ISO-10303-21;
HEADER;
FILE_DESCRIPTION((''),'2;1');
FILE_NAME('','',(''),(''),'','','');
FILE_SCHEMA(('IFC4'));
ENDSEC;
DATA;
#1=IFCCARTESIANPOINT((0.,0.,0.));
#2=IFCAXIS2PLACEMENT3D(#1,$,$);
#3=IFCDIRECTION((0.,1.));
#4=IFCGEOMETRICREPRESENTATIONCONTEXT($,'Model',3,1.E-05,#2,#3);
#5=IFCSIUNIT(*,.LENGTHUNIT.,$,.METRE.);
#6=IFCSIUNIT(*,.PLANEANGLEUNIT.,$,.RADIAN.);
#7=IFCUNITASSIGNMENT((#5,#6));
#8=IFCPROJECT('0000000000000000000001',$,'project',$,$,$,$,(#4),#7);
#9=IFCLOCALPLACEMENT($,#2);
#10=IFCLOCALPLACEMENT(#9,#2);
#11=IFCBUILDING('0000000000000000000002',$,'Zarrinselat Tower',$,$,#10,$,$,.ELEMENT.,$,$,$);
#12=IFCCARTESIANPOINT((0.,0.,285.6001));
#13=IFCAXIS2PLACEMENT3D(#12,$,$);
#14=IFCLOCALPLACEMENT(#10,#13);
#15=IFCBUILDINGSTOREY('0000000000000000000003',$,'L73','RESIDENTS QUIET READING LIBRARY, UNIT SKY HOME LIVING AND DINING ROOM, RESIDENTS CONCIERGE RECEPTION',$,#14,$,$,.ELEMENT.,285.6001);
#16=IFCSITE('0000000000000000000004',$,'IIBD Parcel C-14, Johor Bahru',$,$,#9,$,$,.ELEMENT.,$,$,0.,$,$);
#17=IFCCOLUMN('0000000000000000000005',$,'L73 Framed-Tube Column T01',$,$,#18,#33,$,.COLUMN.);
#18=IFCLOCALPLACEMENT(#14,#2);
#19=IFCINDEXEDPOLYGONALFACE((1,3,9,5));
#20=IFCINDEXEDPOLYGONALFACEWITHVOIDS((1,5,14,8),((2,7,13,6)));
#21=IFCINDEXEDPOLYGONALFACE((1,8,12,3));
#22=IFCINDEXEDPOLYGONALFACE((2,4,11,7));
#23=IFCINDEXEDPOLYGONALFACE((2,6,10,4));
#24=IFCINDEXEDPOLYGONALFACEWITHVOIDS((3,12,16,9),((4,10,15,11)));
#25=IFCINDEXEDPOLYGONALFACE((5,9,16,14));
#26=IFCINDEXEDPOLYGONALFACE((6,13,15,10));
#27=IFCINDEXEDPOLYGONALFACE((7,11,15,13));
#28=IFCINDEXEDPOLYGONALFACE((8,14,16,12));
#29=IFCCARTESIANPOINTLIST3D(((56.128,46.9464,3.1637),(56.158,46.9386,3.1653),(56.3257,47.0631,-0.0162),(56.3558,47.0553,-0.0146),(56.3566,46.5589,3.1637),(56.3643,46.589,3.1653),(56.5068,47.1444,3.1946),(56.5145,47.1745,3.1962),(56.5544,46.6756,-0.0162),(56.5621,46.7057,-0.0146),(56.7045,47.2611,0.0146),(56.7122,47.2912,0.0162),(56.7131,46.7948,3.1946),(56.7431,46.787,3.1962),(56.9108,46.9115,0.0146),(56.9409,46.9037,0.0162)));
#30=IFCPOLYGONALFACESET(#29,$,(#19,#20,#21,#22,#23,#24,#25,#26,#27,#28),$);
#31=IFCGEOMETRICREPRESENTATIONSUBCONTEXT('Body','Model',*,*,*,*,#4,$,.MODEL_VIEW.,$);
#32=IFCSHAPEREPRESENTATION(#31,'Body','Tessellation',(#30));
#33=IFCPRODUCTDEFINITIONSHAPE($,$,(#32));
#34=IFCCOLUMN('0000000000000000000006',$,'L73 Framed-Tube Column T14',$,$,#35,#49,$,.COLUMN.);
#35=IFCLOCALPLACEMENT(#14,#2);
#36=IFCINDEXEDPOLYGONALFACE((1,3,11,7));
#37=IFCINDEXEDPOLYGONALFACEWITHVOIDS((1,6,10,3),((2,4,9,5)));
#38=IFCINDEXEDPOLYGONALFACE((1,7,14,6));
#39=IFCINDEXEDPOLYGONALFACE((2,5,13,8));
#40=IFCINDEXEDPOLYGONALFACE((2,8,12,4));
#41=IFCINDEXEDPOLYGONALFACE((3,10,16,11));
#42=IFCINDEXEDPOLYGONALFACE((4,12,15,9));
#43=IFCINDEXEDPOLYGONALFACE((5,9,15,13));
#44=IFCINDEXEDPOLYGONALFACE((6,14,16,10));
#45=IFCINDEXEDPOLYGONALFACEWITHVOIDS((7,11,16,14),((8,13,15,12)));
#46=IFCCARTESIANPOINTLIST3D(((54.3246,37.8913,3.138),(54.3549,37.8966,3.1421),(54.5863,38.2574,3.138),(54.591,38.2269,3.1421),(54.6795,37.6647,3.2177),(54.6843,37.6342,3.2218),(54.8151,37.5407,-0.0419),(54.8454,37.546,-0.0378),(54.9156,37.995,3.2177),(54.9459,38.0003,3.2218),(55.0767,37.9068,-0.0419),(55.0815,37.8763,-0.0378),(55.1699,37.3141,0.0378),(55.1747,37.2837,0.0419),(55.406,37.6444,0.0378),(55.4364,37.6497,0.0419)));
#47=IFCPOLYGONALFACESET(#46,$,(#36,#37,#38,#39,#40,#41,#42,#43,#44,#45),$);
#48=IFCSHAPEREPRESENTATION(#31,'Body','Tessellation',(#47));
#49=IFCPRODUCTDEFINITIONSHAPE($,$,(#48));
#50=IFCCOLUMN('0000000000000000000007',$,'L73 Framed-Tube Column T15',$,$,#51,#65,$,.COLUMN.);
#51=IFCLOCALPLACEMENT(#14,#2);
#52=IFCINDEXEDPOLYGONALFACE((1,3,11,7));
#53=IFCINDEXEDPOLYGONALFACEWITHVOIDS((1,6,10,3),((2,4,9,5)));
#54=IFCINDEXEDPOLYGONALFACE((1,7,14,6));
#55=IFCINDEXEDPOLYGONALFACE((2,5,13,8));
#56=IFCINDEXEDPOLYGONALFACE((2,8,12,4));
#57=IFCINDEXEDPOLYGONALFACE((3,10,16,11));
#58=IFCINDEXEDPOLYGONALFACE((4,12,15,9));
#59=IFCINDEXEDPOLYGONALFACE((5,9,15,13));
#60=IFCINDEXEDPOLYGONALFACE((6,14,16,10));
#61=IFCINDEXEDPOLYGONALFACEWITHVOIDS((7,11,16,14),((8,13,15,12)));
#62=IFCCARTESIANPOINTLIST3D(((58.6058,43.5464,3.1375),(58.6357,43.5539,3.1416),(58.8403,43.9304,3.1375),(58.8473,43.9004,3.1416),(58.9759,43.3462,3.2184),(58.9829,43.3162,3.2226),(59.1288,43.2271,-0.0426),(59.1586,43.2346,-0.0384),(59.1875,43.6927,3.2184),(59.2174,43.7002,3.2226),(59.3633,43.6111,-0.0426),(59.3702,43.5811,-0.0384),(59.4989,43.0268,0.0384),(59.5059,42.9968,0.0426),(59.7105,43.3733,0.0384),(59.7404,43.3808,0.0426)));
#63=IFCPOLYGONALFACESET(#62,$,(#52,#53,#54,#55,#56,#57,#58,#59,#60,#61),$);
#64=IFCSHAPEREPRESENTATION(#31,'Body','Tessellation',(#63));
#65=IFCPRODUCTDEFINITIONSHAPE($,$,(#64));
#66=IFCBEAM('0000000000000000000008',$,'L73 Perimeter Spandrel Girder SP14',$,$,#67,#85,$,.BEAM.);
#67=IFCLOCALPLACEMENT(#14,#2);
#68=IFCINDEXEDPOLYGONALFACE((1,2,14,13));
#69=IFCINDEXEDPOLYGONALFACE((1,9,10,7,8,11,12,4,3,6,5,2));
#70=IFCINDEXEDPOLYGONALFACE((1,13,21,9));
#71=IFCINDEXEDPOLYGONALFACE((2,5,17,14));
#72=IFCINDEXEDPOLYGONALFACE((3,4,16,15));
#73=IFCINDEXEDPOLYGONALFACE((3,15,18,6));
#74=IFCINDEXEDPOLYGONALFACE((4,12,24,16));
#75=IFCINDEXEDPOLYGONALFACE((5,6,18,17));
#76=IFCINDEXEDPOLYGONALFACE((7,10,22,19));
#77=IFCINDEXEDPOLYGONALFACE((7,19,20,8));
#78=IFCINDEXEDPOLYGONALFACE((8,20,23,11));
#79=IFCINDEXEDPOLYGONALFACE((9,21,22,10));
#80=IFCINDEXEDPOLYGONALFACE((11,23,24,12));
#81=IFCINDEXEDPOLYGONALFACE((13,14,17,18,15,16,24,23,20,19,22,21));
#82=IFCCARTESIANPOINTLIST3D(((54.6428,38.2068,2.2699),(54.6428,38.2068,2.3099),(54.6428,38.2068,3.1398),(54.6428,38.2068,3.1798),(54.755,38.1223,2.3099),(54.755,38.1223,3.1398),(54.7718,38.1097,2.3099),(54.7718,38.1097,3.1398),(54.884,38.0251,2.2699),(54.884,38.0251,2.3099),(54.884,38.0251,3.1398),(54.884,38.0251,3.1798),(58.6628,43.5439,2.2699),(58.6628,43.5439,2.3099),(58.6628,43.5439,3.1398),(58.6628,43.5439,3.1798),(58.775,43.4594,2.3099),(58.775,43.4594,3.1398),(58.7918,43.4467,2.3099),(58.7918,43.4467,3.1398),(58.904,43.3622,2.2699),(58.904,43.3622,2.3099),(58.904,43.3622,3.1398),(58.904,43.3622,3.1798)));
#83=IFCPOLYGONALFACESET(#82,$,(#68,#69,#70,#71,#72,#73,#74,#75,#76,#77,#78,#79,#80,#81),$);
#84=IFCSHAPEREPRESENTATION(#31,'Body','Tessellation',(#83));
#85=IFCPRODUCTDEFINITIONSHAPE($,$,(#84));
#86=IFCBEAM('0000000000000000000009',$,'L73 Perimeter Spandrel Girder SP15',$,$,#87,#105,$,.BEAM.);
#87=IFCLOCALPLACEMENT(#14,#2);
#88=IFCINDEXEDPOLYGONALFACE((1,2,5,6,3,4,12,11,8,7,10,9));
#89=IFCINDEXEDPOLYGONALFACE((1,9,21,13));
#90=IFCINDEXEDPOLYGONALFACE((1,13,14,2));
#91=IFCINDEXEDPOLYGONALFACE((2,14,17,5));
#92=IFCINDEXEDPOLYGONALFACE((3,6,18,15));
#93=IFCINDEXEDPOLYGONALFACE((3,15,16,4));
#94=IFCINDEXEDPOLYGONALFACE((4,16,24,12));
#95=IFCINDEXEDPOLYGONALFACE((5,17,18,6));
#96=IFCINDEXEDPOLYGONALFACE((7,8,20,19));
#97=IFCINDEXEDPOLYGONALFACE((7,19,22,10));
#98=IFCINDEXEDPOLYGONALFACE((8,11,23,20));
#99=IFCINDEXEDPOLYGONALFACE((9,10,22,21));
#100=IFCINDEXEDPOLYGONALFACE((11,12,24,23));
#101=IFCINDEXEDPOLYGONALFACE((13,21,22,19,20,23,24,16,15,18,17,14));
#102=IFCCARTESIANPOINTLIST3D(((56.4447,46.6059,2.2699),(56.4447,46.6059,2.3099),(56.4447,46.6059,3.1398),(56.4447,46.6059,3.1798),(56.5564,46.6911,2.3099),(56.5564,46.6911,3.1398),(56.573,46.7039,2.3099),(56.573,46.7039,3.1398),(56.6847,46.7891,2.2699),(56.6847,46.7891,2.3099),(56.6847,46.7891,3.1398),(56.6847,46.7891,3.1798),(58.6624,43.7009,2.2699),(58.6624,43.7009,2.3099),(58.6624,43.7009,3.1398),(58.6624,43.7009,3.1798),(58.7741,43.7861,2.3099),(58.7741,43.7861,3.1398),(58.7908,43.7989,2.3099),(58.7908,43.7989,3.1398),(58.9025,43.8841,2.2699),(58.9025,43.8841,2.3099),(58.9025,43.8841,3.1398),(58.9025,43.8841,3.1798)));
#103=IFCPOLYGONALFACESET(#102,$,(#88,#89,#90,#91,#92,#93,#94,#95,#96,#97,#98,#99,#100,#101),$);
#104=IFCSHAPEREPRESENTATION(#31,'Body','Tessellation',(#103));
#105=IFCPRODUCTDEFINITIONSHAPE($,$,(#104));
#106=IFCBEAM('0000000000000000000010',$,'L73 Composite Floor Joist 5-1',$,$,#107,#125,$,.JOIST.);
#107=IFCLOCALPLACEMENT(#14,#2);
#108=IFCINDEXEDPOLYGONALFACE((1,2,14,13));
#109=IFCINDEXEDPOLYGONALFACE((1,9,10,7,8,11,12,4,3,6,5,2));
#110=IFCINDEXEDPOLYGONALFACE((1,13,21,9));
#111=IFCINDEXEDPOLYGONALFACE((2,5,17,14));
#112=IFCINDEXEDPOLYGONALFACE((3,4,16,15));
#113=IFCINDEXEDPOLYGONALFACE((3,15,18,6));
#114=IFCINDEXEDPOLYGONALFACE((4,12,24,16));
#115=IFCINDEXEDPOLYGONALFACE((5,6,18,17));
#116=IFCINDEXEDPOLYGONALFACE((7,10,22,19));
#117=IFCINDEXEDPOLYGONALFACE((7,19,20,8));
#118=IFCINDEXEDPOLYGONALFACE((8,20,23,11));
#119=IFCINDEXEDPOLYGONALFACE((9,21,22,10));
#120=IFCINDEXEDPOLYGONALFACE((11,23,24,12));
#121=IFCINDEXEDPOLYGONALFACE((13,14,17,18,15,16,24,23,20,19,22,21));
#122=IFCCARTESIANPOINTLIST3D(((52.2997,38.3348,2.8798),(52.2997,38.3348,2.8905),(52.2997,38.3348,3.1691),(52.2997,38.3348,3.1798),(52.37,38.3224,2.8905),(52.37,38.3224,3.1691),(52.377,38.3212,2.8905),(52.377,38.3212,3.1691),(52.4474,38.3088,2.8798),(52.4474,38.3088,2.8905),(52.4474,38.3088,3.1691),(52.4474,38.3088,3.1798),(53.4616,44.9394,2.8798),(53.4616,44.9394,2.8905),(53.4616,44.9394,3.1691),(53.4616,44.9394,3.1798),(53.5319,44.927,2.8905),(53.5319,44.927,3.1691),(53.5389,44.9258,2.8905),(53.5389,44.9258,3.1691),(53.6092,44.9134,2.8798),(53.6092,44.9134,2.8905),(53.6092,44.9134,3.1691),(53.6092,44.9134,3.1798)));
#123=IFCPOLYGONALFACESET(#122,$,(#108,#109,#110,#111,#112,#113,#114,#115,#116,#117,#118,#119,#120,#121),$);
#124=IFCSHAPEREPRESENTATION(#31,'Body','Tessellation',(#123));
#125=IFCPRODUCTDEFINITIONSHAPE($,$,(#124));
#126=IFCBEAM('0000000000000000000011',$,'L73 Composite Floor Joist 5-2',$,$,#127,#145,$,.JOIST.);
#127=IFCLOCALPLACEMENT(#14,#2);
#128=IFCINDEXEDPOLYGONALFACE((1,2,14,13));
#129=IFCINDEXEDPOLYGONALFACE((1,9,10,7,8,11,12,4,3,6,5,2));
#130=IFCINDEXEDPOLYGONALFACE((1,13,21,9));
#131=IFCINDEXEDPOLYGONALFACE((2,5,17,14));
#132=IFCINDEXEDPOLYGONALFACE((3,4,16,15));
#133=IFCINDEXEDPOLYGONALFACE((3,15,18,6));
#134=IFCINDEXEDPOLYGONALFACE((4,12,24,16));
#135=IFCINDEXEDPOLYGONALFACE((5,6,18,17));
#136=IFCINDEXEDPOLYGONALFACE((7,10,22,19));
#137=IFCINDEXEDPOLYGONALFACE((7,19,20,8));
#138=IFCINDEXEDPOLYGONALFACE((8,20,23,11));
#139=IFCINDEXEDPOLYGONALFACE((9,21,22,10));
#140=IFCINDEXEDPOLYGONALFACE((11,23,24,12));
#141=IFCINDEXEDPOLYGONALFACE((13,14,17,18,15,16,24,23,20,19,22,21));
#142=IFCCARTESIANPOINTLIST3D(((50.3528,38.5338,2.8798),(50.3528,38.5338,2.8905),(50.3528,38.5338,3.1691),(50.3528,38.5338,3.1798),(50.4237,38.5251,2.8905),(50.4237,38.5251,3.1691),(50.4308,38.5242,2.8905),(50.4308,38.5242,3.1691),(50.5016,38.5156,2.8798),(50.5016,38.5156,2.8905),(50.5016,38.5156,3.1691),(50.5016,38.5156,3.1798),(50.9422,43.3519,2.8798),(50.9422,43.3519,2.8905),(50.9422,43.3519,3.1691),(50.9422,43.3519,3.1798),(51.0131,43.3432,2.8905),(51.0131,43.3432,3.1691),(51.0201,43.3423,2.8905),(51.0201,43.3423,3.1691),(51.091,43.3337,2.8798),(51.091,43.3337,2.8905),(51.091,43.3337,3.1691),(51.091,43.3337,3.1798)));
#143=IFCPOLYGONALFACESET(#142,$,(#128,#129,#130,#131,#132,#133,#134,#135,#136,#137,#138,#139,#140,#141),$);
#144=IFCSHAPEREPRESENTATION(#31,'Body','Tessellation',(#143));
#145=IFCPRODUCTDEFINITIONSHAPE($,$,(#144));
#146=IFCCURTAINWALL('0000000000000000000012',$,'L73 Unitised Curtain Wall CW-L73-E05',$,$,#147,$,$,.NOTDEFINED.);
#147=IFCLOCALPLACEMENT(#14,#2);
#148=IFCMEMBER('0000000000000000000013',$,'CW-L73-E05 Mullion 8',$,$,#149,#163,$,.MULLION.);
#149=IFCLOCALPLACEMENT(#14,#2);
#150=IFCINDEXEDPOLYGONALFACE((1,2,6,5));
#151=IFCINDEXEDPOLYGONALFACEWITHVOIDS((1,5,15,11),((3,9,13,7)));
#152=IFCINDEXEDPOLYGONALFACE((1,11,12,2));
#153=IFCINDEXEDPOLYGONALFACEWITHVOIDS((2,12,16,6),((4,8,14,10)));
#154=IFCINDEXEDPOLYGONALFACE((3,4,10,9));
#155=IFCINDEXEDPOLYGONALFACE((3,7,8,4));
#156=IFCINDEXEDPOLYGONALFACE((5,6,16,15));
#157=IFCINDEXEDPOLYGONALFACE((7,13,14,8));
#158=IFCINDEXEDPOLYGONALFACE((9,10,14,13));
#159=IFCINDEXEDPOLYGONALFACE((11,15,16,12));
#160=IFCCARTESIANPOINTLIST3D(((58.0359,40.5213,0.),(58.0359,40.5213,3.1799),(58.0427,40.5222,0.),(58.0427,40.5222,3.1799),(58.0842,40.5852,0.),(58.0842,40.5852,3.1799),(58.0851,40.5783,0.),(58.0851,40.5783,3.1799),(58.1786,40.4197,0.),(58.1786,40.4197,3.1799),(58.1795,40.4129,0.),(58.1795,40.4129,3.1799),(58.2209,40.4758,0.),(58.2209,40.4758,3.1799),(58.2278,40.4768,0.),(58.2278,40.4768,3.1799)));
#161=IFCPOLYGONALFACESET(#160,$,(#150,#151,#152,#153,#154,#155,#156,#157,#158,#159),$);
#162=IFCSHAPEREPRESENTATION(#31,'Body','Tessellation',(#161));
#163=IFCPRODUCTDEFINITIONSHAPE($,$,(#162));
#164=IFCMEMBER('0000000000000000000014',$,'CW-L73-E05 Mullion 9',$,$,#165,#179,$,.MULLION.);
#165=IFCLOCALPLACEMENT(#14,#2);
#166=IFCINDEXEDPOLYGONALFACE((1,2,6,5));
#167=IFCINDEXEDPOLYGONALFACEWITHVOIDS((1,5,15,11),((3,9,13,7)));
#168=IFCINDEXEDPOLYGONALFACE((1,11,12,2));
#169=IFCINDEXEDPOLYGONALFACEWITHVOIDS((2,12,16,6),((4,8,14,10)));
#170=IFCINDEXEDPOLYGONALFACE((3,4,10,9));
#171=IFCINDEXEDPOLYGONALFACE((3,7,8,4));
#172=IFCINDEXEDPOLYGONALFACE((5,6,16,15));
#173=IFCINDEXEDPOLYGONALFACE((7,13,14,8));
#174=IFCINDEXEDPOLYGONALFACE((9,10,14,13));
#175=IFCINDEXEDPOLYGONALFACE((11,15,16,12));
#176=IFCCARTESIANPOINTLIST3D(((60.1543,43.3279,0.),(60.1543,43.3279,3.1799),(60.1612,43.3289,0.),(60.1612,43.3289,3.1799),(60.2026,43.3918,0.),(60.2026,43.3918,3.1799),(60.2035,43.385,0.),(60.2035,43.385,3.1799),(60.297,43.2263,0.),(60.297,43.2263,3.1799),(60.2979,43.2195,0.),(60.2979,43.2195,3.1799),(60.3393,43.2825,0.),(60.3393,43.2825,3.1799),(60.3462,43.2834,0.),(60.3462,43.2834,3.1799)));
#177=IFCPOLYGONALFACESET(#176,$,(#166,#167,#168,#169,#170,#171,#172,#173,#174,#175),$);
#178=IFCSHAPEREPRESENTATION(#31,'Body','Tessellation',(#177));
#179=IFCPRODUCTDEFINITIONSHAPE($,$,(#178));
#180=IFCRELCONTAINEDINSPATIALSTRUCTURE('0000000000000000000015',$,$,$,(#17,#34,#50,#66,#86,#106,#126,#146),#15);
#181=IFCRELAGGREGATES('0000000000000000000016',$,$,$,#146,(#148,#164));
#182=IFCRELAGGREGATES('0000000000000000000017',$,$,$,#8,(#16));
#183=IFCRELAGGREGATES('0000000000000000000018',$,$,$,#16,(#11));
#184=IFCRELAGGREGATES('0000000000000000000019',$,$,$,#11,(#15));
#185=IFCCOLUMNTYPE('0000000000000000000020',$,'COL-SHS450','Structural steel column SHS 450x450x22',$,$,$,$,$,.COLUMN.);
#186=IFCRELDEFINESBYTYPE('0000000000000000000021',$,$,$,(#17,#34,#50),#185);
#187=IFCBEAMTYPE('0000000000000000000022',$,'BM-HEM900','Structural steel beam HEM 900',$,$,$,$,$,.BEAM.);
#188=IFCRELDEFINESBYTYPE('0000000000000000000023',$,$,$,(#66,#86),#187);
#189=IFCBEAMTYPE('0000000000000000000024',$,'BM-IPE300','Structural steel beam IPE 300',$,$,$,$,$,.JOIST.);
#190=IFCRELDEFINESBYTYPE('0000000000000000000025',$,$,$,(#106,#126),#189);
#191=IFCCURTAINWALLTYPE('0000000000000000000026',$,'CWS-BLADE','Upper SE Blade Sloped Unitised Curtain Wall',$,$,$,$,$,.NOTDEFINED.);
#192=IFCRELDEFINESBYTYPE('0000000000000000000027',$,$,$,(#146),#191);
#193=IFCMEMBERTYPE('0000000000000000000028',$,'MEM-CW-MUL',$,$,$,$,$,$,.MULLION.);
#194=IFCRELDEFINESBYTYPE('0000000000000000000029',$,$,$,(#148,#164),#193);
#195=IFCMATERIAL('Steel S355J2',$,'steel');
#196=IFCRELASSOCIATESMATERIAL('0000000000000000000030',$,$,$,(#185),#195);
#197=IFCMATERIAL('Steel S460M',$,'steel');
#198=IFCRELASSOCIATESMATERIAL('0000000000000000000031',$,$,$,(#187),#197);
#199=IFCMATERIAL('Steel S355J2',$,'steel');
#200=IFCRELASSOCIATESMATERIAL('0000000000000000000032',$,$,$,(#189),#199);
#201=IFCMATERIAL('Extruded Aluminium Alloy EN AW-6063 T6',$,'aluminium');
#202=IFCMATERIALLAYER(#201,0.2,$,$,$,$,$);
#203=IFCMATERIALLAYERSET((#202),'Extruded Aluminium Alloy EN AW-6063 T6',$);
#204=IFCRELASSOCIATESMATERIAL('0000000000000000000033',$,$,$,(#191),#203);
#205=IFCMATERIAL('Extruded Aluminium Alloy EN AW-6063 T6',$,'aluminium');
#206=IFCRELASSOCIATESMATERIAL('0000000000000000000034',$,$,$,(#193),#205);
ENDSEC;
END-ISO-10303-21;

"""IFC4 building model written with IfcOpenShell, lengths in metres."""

from ifc_helpers import new_model, si_unit, direction, frame, origin, origin_2d, place, context, subcontext, project, spatial, hollow_rectangle, i_section, extrude, material, layer, layer_set, material_profile, profile_set, type_object, element, aggregate, save


model = new_model("IFC4")

# Units and contexts
model_context = context("Model", 3, precision=1e-05, world=origin(), true_north=direction((0.0, 1.0)))
body_context = subcontext(model_context, "Body", "Model", "MODEL_VIEW")
ifc_project = project(units=[si_unit("LENGTHUNIT", "METRE"), si_unit("PLANEANGLEUNIT", "RADIAN")], contexts=[model_context])

# Site, building, storey
site_placement = place(None, origin())
site = spatial("IfcSite", under=ifc_project, at=site_placement, Name="IIBD Parcel C-14, Johor Bahru", CompositionType="ELEMENT", RefElevation=0.0)
building_placement = place(site_placement, origin())
building = spatial("IfcBuilding", under=site, at=building_placement, Name="Zarrinselat Tower", CompositionType="ELEMENT")
storey_placement = place(building_placement, frame((0.0, 0.0, 285.6001)))
storey = spatial("IfcBuildingStorey", under=building, at=storey_placement, Name="L73", Description="RESIDENTS QUIET READING LIBRARY, UNIT SKY HOME LIVING AND DINING ROOM, RESIDENTS CONCIERGE RECEPTION", CompositionType="ELEMENT", Elevation=285.6001)

# Columns
ifc_material_1 = material(Name="Steel S355J2", Category="steel")
ifc_material_profile_1 = material_profile(ifc_material_1, hollow_rectangle(XDim=0.45, YDim=0.45, WallThickness=0.022, at=origin_2d()), Name="SHS 450x450x22")
ifc_profile_set_1 = profile_set([ifc_material_profile_1], Name="Steel S355J2")
column_type = type_object("IfcColumnType", Name="COL-SHS450", Description="Structural steel column SHS 450x450x22", PredefinedType="COLUMN", material=ifc_profile_set_1)
column_1_placement = place(storey_placement, frame((56.6333, 46.9834, 0.0), z_axis=(-0.062027, -0.036603, 0.997403), x_axis=(0.508228, -0.861223, 0.0)))
element("IfcColumn", 1, at=column_1_placement, inside=storey, type_object=column_type, Name="L73 Framed-Tube Column T01", PredefinedType="COLUMN", context=body_context, shape_type="SweptSolid", body=[
    extrude(hollow_rectangle(XDim=0.45, YDim=0.45, WallThickness=0.022, at=origin_2d()), origin(), (0.0, 0.0, 1.0), 3.1882),
])
column_2_placement = place(storey_placement, frame((55.1257, 37.5952, 0.0), z_axis=(-0.151542, 0.10832, 0.982498), x_axis=(-0.581506, -0.813542, 0.0)))
element("IfcColumn", 2, at=column_2_placement, inside=storey, type_object=column_type, Name="L73 Framed-Tube Column T14", PredefinedType="COLUMN", context=body_context, shape_type="SweptSolid", body=[
    extrude(hollow_rectangle(XDim=0.45, YDim=0.45, WallThickness=0.022, at=origin_2d()), origin(), (0.0, 0.0, 1.0), 3.2366),
])
column_3_placement = place(storey_placement, frame((59.4346, 43.304, 0.0), z_axis=(-0.161482, 0.098608, 0.981937), x_axis=(-0.52116, -0.853459, 0.0)))
element("IfcColumn", 3, at=column_3_placement, inside=storey, type_object=column_type, Name="L73 Framed-Tube Column T15", PredefinedType="COLUMN", context=body_context, shape_type="SweptSolid", body=[
    extrude(hollow_rectangle(XDim=0.45, YDim=0.45, WallThickness=0.022, at=origin_2d()), origin(), (0.0, 0.0, 1.0), 3.2385),
])

# Beams
ifc_material_2 = material(Name="Steel S460M", Category="steel")
ifc_material_profile_2 = material_profile(ifc_material_2, i_section(OverallWidth=0.302, OverallDepth=0.9099, WebThickness=0.021, FlangeThickness=0.04, at=origin_2d()), Name="HEM 900")
ifc_profile_set_2 = profile_set([ifc_material_profile_2], Name="Steel S460M")
beam_type_1 = type_object("IfcBeamType", Name="BM-HEM900", Description="Structural steel beam HEM 900", PredefinedType="BEAM", material=ifc_profile_set_2)
beam_1_placement = place(storey_placement, frame((54.7634, 38.116, 2.7249), z_axis=(0.601642, 0.798766, 0.0), x_axis=(-0.798766, 0.601642, 0.0)))
element("IfcBeam", 4, at=beam_1_placement, inside=storey, type_object=beam_type_1, Name="L73 Perimeter Spandrel Girder SP14", PredefinedType="BEAM", context=body_context, shape_type="SweptSolid", body=[
    extrude(i_section(OverallWidth=0.302, OverallDepth=0.9099, WebThickness=0.021, FlangeThickness=0.04, at=origin_2d()), origin(), (0.0, 0.0, 1.0), 6.6816),
])
beam_2_placement = place(storey_placement, frame((56.5647, 46.6975, 2.7249), z_axis=(0.606808, -0.794849, 0.0), x_axis=(0.794849, 0.606808, 0.0)))
element("IfcBeam", 5, at=beam_2_placement, inside=storey, type_object=beam_type_1, Name="L73 Perimeter Spandrel Girder SP15", PredefinedType="BEAM", context=body_context, shape_type="SweptSolid", body=[
    extrude(i_section(OverallWidth=0.302, OverallDepth=0.9099, WebThickness=0.021, FlangeThickness=0.04, at=origin_2d()), origin(), (0.0, 0.0, 1.0), 3.6548),
])
ifc_material_3 = material(Name="Steel S355J2", Category="steel")
ifc_material_profile_3 = material_profile(ifc_material_3, i_section(OverallWidth=0.1499, OverallDepth=0.3, WebThickness=0.0071, FlangeThickness=0.0107, at=origin_2d()), Name="IPE 300")
ifc_profile_set_3 = profile_set([ifc_material_profile_3], Name="Steel S355J2")
beam_type_2 = type_object("IfcBeamType", Name="BM-IPE300", Description="Structural steel beam IPE 300", PredefinedType="JOIST", material=ifc_profile_set_3)
beam_3_placement = place(storey_placement, frame((52.3735, 38.3218, 3.0298), z_axis=(0.173254, 0.984877, 0.0), x_axis=(-0.984877, 0.173254, 0.0)))
element("IfcBeam", 6, at=beam_3_placement, inside=storey, type_object=beam_type_2, Name="L73 Composite Floor Joist 5-1", PredefinedType="JOIST", context=body_context, shape_type="SweptSolid", body=[
    extrude(i_section(OverallWidth=0.1499, OverallDepth=0.3, WebThickness=0.0071, FlangeThickness=0.0107, at=origin_2d()), origin(), (0.0, 0.0, 1.0), 6.7061),
])
beam_4_placement = place(storey_placement, frame((50.4272, 38.5247, 3.0298), z_axis=(0.121416, 0.992602, 0.0), x_axis=(-0.992602, 0.121416, 0.0)))
element("IfcBeam", 7, at=beam_4_placement, inside=storey, type_object=beam_type_2, Name="L73 Composite Floor Joist 5-2", PredefinedType="JOIST", context=body_context, shape_type="SweptSolid", body=[
    extrude(i_section(OverallWidth=0.1499, OverallDepth=0.3, WebThickness=0.0071, FlangeThickness=0.0107, at=origin_2d()), origin(), (0.0, 0.0, 1.0), 4.854),
])

# Curtain wall, members
ifc_material_4 = material(Name="Extruded Aluminium Alloy EN AW-6063 T6", Category="aluminium")
ifc_layer_1 = layer(ifc_material_4, 0.2)
ifc_layer_set_1 = layer_set([ifc_layer_1], Name="Extruded Aluminium Alloy EN AW-6063 T6")
curtain_wall_type_1 = type_object("IfcCurtainWallType", Name="CWS-BLADE", Description="Upper SE Blade Sloped Unitised Curtain Wall", PredefinedType="NOTDEFINED", material=ifc_layer_set_1)
curtain_wall_1_placement = place(storey_placement, origin())
curtain_wall_1 = element("IfcCurtainWall", 8, at=curtain_wall_1_placement, inside=storey, type_object=curtain_wall_type_1, Name="L73 Unitised Curtain Wall CW-L73-E05", PredefinedType="NOTDEFINED")
ifc_material_5 = material(Name="Extruded Aluminium Alloy EN AW-6063 T6", Category="aluminium")
ifc_material_profile_4 = material_profile(ifc_material_5, hollow_rectangle(XDim=0.0801, YDim=0.1799, WallThickness=0.0049, at=origin_2d()), Name="RHS 180x80x5")
ifc_profile_set_4 = profile_set([ifc_material_profile_4], Name="Extruded Aluminium Alloy EN AW-6063 T6")
member_type_1 = type_object("IfcMemberType", Name="MEM-CW-MUL", PredefinedType="MULLION", material=ifc_profile_set_4)
member_1_placement = place(storey_placement, frame((58.1318, 40.499, 0.0), z_axis=(0.0, 0.0, 1.0), x_axis=(0.602445, 0.79816, 0.0)))
member_1 = element("IfcMember", 9, at=member_1_placement, type_object=member_type_1, Name="CW-L73-E05 Mullion 8", PredefinedType="MULLION", context=body_context, shape_type="SweptSolid", body=[
    extrude(hollow_rectangle(XDim=0.0801, YDim=0.1799, WallThickness=0.0049, at=origin_2d()), origin(), (0.0, 0.0, 1.0), 3.1799),
])
member_2_placement = place(storey_placement, frame((60.2502, 43.3057, 0.0), z_axis=(0.0, 0.0, 1.0), x_axis=(0.602445, 0.79816, 0.0)))
member_2 = element("IfcMember", 10, at=member_2_placement, type_object=member_type_1, Name="CW-L73-E05 Mullion 9", PredefinedType="MULLION", context=body_context, shape_type="SweptSolid", body=[
    extrude(hollow_rectangle(XDim=0.0801, YDim=0.1799, WallThickness=0.0049, at=origin_2d()), origin(), (0.0, 0.0, 1.0), 3.1799),
])

aggregate(curtain_wall_1, [member_1, member_2])

save(model, "model.ifc")
